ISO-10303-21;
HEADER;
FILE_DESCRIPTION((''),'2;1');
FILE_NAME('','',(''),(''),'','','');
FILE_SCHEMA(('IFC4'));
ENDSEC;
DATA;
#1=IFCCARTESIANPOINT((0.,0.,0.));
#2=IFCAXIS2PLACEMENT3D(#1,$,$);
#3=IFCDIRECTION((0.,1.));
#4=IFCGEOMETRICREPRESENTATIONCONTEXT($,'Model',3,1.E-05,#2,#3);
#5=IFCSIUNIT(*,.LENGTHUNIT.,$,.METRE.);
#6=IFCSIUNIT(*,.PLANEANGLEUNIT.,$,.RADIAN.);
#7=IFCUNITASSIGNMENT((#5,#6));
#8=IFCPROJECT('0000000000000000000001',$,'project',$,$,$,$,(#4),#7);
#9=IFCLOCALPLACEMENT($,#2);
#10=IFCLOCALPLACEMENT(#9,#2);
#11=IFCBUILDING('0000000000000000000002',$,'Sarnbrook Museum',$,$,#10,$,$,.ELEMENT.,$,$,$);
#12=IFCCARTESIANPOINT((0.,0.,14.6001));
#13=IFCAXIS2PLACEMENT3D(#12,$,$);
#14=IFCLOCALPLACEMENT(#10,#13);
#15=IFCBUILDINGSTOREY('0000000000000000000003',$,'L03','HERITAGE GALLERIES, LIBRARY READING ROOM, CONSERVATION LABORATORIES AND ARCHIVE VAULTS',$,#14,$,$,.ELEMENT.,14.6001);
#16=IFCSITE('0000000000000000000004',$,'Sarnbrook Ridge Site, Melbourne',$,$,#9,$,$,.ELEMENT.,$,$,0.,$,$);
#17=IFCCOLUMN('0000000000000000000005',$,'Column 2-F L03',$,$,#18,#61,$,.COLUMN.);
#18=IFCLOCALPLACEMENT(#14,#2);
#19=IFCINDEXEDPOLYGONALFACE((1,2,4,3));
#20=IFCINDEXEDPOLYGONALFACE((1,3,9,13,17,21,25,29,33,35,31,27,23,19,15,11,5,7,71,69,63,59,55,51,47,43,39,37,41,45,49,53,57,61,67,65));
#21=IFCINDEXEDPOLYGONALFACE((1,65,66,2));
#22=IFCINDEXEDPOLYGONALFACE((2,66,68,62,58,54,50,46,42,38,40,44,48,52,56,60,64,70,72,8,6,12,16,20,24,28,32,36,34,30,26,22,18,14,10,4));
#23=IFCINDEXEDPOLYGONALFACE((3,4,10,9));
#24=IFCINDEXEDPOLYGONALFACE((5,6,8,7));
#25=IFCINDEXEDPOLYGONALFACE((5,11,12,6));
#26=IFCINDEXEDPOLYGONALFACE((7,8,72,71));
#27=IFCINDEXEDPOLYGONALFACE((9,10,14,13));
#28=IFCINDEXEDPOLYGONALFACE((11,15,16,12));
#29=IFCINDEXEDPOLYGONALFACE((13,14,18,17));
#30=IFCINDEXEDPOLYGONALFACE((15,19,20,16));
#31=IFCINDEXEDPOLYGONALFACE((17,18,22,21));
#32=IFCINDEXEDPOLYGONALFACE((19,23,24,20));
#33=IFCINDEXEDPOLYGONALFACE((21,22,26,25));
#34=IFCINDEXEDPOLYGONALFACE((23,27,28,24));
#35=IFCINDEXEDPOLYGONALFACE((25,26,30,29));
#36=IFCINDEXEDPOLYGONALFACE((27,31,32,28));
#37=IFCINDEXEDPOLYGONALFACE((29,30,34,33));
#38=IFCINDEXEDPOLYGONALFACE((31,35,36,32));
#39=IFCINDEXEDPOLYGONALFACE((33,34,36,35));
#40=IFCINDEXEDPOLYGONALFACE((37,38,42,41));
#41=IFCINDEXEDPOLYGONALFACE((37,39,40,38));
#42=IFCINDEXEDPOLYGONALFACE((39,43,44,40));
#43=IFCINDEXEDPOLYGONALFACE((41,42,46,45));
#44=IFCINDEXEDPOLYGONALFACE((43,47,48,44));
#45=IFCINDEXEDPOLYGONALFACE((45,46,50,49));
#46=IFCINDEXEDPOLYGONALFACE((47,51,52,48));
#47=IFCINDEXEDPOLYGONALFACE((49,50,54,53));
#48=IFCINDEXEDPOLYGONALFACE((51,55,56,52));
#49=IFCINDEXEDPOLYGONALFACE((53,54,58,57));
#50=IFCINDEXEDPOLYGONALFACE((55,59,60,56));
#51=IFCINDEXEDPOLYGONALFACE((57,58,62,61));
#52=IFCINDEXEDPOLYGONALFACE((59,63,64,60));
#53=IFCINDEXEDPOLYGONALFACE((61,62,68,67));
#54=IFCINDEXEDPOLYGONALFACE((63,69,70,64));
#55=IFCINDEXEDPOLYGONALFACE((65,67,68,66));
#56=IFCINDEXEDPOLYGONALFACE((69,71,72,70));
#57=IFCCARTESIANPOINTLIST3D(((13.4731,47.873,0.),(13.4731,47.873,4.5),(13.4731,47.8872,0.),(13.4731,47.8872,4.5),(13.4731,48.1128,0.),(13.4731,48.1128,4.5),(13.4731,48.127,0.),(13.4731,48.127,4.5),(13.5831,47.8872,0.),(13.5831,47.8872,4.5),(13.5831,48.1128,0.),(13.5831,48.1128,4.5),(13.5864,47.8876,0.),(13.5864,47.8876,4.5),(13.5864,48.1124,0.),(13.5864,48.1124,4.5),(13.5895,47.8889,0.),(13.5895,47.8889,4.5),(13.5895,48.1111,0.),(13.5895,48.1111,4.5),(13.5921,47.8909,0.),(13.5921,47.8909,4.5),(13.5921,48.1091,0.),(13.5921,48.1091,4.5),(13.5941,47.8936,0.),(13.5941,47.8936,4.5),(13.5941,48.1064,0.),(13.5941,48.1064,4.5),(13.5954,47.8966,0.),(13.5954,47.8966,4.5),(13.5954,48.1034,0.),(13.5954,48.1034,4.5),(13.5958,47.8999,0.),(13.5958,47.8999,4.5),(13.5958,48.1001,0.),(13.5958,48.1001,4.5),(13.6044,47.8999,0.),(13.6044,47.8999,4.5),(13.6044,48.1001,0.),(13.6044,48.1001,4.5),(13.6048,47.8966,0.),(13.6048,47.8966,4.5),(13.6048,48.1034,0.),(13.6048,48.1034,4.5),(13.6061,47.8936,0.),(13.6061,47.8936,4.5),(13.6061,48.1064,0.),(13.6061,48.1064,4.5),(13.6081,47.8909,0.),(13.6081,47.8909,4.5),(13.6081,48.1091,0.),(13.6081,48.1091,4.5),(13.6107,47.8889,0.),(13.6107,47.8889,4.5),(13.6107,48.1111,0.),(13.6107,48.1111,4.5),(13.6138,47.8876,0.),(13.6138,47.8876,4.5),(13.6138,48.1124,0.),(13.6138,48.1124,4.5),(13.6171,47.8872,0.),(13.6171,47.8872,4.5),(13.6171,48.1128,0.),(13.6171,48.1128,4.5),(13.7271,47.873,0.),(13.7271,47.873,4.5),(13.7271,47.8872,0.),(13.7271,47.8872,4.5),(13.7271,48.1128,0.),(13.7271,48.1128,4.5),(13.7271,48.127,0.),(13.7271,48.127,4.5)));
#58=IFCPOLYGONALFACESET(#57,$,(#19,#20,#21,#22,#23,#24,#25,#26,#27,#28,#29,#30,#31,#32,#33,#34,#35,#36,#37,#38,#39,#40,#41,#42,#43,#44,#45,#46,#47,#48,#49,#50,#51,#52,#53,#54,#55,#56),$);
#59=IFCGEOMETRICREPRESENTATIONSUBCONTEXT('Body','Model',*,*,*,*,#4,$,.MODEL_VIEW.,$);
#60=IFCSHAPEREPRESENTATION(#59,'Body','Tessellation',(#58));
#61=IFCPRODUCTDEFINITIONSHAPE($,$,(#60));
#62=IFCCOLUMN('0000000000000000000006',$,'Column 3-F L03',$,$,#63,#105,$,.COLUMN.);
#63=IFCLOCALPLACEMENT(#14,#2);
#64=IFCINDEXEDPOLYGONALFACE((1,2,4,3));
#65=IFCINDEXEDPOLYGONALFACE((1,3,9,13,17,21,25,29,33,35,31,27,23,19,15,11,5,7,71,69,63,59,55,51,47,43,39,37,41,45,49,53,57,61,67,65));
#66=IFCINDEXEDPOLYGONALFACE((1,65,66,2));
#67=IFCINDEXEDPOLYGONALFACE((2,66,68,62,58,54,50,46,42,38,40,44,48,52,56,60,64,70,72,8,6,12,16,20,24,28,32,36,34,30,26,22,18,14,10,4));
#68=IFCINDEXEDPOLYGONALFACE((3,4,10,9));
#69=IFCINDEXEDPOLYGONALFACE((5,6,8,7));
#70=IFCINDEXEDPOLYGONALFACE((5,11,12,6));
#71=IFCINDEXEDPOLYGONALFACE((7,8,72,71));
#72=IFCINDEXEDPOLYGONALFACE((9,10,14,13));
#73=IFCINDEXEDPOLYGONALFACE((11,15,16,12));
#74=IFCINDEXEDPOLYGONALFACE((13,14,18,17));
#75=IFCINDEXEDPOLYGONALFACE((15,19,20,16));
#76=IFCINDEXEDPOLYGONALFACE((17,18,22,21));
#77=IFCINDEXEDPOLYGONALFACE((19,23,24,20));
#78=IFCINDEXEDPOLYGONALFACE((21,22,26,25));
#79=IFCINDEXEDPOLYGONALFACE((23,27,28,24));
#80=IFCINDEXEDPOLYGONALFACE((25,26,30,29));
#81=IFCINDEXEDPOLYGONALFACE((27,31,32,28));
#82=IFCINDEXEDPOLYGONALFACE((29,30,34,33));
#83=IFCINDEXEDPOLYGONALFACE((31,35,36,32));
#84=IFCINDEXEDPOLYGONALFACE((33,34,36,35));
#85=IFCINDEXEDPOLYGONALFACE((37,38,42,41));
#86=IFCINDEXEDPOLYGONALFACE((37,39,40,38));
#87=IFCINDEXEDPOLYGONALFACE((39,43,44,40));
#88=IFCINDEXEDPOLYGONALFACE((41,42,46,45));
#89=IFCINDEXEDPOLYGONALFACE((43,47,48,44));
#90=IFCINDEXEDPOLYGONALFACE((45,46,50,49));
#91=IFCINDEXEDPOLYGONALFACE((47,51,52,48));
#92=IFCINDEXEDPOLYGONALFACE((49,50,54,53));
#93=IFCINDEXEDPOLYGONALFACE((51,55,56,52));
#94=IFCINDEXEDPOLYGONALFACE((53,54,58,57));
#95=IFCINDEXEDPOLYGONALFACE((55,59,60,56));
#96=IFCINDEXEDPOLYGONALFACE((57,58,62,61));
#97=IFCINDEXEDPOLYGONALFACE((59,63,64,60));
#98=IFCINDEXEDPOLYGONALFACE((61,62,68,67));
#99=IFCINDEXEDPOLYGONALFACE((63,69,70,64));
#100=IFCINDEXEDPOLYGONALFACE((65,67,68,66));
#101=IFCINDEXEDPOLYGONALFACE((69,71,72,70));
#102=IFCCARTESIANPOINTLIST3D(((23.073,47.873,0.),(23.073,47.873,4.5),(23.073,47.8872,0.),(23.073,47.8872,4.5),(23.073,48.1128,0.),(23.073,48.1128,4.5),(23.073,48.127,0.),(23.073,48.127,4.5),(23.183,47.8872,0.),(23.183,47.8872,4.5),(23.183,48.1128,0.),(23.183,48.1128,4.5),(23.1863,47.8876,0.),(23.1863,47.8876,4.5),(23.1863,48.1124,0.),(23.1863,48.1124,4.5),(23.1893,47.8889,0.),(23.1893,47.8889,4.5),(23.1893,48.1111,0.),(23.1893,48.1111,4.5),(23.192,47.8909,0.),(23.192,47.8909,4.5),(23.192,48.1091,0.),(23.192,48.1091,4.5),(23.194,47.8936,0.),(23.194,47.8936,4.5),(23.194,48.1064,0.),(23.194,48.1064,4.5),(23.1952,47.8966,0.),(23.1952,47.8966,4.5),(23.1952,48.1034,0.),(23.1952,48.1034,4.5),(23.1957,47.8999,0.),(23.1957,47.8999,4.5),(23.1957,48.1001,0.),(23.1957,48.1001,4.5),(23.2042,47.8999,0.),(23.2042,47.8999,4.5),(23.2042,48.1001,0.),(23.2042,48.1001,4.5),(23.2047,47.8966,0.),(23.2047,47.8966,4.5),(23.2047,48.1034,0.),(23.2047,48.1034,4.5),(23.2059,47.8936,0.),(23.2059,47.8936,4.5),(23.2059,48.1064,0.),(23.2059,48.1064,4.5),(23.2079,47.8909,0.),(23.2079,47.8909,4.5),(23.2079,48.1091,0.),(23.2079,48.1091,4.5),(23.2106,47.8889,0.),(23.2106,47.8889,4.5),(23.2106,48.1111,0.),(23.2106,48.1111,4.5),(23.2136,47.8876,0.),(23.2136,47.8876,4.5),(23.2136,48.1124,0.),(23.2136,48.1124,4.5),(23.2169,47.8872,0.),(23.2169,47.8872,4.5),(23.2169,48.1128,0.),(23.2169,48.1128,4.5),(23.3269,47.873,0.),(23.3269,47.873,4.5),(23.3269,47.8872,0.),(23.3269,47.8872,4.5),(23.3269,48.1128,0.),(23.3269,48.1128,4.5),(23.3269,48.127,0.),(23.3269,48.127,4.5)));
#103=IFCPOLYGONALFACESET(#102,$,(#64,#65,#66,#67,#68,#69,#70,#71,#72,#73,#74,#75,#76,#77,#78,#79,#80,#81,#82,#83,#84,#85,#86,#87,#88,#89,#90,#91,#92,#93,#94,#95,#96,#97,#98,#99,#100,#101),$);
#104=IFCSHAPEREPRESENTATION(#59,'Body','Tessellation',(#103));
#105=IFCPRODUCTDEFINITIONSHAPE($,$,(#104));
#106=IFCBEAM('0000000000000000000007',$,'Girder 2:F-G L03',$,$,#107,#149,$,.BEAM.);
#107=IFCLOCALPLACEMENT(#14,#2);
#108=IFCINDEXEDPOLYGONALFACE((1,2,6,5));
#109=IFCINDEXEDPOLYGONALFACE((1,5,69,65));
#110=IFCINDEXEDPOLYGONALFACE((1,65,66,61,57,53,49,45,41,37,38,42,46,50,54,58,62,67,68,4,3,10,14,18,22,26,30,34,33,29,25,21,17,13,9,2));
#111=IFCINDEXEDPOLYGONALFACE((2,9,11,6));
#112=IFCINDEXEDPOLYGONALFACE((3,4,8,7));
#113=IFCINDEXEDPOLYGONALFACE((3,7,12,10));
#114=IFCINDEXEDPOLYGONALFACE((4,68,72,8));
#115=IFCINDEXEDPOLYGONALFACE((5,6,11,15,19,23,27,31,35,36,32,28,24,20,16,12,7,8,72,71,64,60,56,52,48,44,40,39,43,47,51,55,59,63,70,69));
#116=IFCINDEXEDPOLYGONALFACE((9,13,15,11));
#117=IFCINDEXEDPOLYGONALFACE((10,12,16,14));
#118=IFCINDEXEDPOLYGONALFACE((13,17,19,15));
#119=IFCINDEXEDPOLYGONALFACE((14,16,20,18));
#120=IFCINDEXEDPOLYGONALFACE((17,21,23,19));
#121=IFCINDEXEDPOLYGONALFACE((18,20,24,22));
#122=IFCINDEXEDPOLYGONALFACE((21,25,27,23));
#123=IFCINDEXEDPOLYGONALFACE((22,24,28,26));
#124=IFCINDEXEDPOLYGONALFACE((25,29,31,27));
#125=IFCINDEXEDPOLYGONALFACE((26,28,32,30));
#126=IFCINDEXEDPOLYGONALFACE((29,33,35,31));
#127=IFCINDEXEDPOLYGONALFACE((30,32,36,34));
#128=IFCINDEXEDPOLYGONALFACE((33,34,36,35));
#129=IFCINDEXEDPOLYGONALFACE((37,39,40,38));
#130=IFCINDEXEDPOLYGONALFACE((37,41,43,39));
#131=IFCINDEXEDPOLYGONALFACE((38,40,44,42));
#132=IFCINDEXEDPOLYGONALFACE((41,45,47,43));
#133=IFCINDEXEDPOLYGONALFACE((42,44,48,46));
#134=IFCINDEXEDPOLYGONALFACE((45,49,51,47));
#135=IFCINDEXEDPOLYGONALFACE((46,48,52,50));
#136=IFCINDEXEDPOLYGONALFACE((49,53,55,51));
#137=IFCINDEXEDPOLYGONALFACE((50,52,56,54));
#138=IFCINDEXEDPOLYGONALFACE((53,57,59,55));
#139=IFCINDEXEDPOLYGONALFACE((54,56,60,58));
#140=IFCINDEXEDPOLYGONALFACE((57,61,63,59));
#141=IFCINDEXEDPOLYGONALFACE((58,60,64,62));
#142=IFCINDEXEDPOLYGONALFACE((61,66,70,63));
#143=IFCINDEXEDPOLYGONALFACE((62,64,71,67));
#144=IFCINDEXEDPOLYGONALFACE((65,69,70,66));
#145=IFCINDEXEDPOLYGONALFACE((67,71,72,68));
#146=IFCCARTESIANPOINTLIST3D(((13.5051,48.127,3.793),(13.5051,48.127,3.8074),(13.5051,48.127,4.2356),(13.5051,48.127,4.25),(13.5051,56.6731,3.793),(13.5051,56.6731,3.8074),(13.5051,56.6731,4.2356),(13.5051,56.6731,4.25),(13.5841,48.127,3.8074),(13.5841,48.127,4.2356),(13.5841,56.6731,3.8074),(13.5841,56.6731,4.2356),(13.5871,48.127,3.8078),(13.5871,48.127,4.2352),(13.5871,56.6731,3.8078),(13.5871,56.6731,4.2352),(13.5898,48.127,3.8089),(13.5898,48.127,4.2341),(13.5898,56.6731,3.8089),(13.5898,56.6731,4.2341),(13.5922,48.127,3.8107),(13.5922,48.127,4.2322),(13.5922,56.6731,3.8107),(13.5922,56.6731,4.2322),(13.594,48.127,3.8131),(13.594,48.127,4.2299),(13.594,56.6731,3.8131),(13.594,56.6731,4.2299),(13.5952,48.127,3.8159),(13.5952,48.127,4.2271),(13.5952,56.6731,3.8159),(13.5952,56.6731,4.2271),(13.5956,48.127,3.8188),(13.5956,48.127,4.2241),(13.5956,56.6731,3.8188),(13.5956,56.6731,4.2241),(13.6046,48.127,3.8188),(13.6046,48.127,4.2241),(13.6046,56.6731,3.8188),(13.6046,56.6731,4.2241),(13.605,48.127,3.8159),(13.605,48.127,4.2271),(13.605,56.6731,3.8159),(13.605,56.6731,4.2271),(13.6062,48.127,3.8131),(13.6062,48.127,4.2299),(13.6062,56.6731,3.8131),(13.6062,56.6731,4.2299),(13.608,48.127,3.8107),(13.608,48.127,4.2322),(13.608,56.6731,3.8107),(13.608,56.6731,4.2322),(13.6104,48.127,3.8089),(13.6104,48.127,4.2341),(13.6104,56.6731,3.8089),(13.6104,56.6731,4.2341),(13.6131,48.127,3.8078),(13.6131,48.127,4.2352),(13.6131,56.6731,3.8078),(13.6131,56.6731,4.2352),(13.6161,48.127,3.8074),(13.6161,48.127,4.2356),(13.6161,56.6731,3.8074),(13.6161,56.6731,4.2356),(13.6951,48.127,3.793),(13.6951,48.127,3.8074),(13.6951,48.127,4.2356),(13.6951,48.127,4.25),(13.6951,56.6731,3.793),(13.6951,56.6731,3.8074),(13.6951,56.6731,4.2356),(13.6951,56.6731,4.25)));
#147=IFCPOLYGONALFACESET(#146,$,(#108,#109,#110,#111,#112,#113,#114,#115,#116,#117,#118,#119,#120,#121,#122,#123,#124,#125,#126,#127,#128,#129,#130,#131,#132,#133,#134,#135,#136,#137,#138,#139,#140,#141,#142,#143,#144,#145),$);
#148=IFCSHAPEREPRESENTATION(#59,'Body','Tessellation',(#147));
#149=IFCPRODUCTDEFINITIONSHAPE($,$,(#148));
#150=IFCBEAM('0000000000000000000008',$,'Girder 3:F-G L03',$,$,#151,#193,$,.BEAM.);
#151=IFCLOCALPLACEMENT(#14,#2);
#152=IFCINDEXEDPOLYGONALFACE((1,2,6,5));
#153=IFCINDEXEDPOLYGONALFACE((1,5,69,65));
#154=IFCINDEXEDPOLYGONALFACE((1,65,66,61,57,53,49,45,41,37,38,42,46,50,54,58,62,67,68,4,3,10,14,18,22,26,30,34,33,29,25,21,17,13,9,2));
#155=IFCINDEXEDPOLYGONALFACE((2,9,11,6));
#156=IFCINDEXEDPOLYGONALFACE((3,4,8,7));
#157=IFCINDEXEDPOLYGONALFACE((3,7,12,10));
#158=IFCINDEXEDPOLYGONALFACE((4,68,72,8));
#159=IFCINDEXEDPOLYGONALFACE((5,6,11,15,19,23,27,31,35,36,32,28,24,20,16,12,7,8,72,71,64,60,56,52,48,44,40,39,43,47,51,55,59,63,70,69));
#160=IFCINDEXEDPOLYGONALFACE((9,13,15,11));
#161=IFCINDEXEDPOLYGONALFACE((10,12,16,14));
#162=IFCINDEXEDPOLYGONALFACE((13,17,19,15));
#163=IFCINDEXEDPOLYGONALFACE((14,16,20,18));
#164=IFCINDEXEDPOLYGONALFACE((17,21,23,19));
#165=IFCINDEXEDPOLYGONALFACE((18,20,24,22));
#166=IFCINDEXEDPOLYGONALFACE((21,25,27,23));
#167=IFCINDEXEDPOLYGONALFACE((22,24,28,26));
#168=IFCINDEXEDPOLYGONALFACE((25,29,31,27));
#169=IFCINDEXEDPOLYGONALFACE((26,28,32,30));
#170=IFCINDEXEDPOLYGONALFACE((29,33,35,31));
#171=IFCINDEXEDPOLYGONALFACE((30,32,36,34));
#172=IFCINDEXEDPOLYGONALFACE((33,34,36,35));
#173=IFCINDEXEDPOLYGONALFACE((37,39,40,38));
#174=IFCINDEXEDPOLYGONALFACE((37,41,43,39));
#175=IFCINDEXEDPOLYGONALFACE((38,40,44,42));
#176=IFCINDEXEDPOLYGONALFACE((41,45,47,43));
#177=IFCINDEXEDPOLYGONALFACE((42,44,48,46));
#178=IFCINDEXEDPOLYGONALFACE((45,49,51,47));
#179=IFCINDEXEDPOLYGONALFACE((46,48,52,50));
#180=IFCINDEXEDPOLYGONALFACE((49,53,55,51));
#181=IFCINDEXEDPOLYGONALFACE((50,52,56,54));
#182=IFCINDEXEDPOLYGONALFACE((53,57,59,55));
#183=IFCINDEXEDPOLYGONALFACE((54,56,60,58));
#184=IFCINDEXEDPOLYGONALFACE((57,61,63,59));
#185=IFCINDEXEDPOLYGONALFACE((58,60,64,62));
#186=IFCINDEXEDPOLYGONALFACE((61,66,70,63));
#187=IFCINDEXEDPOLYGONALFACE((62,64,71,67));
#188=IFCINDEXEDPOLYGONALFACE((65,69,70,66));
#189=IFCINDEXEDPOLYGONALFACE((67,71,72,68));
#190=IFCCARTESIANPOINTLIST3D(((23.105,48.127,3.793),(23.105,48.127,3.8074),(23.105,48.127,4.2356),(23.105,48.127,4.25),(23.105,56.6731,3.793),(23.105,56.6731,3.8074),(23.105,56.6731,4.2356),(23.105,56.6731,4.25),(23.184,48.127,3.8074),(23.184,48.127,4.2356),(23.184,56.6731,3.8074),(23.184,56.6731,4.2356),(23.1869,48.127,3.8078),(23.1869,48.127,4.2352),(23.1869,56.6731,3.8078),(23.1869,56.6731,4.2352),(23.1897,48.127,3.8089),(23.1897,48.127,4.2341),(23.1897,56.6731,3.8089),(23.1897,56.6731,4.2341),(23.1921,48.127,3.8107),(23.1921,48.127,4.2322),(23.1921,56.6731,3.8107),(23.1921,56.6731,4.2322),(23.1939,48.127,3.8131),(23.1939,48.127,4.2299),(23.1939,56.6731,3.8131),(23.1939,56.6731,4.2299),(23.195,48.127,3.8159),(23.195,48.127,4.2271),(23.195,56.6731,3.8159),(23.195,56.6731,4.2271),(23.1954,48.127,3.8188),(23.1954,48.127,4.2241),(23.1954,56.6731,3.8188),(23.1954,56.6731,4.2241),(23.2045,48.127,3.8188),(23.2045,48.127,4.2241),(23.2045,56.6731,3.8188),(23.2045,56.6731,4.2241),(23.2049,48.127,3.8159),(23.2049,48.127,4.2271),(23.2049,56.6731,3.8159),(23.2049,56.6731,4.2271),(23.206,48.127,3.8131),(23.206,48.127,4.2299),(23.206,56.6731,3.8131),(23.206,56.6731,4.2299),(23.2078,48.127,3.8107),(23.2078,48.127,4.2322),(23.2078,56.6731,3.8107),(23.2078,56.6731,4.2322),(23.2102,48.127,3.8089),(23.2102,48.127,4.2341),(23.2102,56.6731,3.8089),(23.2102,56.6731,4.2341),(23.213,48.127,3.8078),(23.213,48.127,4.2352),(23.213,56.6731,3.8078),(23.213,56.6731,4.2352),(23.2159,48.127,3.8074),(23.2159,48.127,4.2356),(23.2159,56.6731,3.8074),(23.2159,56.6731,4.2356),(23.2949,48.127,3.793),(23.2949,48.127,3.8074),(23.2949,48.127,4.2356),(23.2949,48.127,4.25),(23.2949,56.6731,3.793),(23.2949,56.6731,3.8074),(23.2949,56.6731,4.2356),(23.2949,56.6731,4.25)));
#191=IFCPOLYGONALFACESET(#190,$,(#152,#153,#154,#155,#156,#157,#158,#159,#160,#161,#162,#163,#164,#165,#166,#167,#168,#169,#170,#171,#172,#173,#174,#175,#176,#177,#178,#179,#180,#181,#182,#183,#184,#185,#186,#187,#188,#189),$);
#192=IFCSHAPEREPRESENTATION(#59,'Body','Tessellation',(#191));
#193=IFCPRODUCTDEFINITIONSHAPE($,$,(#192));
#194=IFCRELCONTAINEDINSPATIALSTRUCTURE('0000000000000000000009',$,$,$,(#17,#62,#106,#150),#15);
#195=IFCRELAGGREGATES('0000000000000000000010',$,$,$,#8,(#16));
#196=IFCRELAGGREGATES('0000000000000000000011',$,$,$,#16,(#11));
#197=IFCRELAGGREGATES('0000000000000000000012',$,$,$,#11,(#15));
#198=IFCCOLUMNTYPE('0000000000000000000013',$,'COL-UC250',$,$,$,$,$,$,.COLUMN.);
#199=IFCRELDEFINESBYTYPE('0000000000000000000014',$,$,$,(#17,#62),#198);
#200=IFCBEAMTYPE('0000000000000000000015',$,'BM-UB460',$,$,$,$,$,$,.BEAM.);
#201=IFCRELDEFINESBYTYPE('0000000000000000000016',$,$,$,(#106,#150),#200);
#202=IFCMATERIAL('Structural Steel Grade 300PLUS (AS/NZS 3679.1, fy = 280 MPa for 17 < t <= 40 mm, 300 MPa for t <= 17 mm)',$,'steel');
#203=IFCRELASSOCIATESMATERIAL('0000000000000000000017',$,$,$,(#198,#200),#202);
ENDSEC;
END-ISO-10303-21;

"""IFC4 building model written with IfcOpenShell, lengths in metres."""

from ifc_helpers import new_model, si_unit, direction, frame, origin, origin_2d, place, context, subcontext, project, spatial, i_section, extrude, material, material_profile, profile_set, type_object, element, save


model = new_model("IFC4")

# Units and contexts
model_context = context("Model", 3, precision=1e-05, world=origin(), true_north=direction((0.0, 1.0)))
body_context = subcontext(model_context, "Body", "Model", "MODEL_VIEW")
ifc_project = project(units=[si_unit("LENGTHUNIT", "METRE"), si_unit("PLANEANGLEUNIT", "RADIAN")], contexts=[model_context])

# Site, building, storey
site_placement = place(None, origin())
site = spatial("IfcSite", under=ifc_project, at=site_placement, Name="Sarnbrook Ridge Site, Melbourne", CompositionType="ELEMENT", RefElevation=0.0)
building_placement = place(site_placement, origin())
building = spatial("IfcBuilding", under=site, at=building_placement, Name="Sarnbrook Museum", CompositionType="ELEMENT")
storey_placement = place(building_placement, frame((0.0, 0.0, 14.6001)))
storey = spatial("IfcBuildingStorey", under=building, at=storey_placement, Name="L03", Description="HERITAGE GALLERIES, LIBRARY READING ROOM, CONSERVATION LABORATORIES AND ARCHIVE VAULTS", CompositionType="ELEMENT", Elevation=14.6001)

# Columns
ifc_material_1 = material(Name="Structural Steel Grade 300PLUS (AS/NZS 3679.1, fy = 280 MPa for 17 < t <= 40 mm, 300 MPa for t <= 17 mm)", Category="steel")
ifc_material_profile_1 = material_profile(ifc_material_1, i_section(OverallWidth=0.2539, OverallDepth=0.2539, WebThickness=0.0085, FlangeThickness=0.0142, FilletRadius=0.0127, at=origin_2d()), Name="250UC72.9")
ifc_profile_set_1 = profile_set([ifc_material_profile_1], Name="Structural Steel Grade 300PLUS (AS/NZS 3679.1, fy = 280 MPa for 17 < t <= 40 mm, 300 MPa for t <= 17 mm)")
column_type = type_object("IfcColumnType", Name="COL-UC250", PredefinedType="COLUMN", material=ifc_profile_set_1)
for number, where, z_axis, x_axis, name in (
    (1, (13.6001, 48.0, 0.0), (0.0, 0.0, 1.0), (1.0, 0.0, 0.0), "Column 2-F L03"),
    (2, (23.2, 48.0, 0.0), (0.0, 0.0, 1.0), (1.0, 0.0, 0.0), "Column 3-F L03"),
):
    element("IfcColumn", number, at=place(storey_placement, frame(where, z_axis=z_axis, x_axis=x_axis)), inside=storey, type_object=column_type, Name=name, PredefinedType="COLUMN", context=body_context, shape_type="SweptSolid", body=[
        extrude(i_section(OverallWidth=0.2539, OverallDepth=0.2539, WebThickness=0.0085, FlangeThickness=0.0142, FilletRadius=0.0127, at=origin_2d()), origin(), (0.0, 0.0, 1.0), 4.5),
    ])

# Beams
ifc_material_profile_2 = material_profile(ifc_material_1, i_section(OverallWidth=0.1899, OverallDepth=0.457, WebThickness=0.009, FlangeThickness=0.0144, FilletRadius=0.0115, at=origin_2d()), Name="460UB74.6")
ifc_profile_set_2 = profile_set([ifc_material_profile_2], Name="Structural Steel Grade 300PLUS (AS/NZS 3679.1, fy = 280 MPa for 17 < t <= 40 mm, 300 MPa for t <= 17 mm)")
beam_type_1 = type_object("IfcBeamType", Name="BM-UB460", PredefinedType="BEAM", material=ifc_profile_set_2)
for number, where, z_axis, x_axis, name in (
    (3, (13.6001, 48.127, 4.0215), (0.0, 1.0, 0.0), (-1.0, 0.0, 0.0), "Girder 2:F-G L03"),
    (4, (23.2, 48.127, 4.0215), (0.0, 1.0, 0.0), (-1.0, 0.0, 0.0), "Girder 3:F-G L03"),
):
    element("IfcBeam", number, at=place(storey_placement, frame(where, z_axis=z_axis, x_axis=x_axis)), inside=storey, type_object=beam_type_1, Name=name, PredefinedType="BEAM", context=body_context, shape_type="SweptSolid", body=[
        extrude(i_section(OverallWidth=0.1899, OverallDepth=0.457, WebThickness=0.009, FlangeThickness=0.0144, FilletRadius=0.0115, at=origin_2d()), origin(), (0.0, 0.0, 1.0), 8.5461),
    ])

save(model, "model.ifc")
